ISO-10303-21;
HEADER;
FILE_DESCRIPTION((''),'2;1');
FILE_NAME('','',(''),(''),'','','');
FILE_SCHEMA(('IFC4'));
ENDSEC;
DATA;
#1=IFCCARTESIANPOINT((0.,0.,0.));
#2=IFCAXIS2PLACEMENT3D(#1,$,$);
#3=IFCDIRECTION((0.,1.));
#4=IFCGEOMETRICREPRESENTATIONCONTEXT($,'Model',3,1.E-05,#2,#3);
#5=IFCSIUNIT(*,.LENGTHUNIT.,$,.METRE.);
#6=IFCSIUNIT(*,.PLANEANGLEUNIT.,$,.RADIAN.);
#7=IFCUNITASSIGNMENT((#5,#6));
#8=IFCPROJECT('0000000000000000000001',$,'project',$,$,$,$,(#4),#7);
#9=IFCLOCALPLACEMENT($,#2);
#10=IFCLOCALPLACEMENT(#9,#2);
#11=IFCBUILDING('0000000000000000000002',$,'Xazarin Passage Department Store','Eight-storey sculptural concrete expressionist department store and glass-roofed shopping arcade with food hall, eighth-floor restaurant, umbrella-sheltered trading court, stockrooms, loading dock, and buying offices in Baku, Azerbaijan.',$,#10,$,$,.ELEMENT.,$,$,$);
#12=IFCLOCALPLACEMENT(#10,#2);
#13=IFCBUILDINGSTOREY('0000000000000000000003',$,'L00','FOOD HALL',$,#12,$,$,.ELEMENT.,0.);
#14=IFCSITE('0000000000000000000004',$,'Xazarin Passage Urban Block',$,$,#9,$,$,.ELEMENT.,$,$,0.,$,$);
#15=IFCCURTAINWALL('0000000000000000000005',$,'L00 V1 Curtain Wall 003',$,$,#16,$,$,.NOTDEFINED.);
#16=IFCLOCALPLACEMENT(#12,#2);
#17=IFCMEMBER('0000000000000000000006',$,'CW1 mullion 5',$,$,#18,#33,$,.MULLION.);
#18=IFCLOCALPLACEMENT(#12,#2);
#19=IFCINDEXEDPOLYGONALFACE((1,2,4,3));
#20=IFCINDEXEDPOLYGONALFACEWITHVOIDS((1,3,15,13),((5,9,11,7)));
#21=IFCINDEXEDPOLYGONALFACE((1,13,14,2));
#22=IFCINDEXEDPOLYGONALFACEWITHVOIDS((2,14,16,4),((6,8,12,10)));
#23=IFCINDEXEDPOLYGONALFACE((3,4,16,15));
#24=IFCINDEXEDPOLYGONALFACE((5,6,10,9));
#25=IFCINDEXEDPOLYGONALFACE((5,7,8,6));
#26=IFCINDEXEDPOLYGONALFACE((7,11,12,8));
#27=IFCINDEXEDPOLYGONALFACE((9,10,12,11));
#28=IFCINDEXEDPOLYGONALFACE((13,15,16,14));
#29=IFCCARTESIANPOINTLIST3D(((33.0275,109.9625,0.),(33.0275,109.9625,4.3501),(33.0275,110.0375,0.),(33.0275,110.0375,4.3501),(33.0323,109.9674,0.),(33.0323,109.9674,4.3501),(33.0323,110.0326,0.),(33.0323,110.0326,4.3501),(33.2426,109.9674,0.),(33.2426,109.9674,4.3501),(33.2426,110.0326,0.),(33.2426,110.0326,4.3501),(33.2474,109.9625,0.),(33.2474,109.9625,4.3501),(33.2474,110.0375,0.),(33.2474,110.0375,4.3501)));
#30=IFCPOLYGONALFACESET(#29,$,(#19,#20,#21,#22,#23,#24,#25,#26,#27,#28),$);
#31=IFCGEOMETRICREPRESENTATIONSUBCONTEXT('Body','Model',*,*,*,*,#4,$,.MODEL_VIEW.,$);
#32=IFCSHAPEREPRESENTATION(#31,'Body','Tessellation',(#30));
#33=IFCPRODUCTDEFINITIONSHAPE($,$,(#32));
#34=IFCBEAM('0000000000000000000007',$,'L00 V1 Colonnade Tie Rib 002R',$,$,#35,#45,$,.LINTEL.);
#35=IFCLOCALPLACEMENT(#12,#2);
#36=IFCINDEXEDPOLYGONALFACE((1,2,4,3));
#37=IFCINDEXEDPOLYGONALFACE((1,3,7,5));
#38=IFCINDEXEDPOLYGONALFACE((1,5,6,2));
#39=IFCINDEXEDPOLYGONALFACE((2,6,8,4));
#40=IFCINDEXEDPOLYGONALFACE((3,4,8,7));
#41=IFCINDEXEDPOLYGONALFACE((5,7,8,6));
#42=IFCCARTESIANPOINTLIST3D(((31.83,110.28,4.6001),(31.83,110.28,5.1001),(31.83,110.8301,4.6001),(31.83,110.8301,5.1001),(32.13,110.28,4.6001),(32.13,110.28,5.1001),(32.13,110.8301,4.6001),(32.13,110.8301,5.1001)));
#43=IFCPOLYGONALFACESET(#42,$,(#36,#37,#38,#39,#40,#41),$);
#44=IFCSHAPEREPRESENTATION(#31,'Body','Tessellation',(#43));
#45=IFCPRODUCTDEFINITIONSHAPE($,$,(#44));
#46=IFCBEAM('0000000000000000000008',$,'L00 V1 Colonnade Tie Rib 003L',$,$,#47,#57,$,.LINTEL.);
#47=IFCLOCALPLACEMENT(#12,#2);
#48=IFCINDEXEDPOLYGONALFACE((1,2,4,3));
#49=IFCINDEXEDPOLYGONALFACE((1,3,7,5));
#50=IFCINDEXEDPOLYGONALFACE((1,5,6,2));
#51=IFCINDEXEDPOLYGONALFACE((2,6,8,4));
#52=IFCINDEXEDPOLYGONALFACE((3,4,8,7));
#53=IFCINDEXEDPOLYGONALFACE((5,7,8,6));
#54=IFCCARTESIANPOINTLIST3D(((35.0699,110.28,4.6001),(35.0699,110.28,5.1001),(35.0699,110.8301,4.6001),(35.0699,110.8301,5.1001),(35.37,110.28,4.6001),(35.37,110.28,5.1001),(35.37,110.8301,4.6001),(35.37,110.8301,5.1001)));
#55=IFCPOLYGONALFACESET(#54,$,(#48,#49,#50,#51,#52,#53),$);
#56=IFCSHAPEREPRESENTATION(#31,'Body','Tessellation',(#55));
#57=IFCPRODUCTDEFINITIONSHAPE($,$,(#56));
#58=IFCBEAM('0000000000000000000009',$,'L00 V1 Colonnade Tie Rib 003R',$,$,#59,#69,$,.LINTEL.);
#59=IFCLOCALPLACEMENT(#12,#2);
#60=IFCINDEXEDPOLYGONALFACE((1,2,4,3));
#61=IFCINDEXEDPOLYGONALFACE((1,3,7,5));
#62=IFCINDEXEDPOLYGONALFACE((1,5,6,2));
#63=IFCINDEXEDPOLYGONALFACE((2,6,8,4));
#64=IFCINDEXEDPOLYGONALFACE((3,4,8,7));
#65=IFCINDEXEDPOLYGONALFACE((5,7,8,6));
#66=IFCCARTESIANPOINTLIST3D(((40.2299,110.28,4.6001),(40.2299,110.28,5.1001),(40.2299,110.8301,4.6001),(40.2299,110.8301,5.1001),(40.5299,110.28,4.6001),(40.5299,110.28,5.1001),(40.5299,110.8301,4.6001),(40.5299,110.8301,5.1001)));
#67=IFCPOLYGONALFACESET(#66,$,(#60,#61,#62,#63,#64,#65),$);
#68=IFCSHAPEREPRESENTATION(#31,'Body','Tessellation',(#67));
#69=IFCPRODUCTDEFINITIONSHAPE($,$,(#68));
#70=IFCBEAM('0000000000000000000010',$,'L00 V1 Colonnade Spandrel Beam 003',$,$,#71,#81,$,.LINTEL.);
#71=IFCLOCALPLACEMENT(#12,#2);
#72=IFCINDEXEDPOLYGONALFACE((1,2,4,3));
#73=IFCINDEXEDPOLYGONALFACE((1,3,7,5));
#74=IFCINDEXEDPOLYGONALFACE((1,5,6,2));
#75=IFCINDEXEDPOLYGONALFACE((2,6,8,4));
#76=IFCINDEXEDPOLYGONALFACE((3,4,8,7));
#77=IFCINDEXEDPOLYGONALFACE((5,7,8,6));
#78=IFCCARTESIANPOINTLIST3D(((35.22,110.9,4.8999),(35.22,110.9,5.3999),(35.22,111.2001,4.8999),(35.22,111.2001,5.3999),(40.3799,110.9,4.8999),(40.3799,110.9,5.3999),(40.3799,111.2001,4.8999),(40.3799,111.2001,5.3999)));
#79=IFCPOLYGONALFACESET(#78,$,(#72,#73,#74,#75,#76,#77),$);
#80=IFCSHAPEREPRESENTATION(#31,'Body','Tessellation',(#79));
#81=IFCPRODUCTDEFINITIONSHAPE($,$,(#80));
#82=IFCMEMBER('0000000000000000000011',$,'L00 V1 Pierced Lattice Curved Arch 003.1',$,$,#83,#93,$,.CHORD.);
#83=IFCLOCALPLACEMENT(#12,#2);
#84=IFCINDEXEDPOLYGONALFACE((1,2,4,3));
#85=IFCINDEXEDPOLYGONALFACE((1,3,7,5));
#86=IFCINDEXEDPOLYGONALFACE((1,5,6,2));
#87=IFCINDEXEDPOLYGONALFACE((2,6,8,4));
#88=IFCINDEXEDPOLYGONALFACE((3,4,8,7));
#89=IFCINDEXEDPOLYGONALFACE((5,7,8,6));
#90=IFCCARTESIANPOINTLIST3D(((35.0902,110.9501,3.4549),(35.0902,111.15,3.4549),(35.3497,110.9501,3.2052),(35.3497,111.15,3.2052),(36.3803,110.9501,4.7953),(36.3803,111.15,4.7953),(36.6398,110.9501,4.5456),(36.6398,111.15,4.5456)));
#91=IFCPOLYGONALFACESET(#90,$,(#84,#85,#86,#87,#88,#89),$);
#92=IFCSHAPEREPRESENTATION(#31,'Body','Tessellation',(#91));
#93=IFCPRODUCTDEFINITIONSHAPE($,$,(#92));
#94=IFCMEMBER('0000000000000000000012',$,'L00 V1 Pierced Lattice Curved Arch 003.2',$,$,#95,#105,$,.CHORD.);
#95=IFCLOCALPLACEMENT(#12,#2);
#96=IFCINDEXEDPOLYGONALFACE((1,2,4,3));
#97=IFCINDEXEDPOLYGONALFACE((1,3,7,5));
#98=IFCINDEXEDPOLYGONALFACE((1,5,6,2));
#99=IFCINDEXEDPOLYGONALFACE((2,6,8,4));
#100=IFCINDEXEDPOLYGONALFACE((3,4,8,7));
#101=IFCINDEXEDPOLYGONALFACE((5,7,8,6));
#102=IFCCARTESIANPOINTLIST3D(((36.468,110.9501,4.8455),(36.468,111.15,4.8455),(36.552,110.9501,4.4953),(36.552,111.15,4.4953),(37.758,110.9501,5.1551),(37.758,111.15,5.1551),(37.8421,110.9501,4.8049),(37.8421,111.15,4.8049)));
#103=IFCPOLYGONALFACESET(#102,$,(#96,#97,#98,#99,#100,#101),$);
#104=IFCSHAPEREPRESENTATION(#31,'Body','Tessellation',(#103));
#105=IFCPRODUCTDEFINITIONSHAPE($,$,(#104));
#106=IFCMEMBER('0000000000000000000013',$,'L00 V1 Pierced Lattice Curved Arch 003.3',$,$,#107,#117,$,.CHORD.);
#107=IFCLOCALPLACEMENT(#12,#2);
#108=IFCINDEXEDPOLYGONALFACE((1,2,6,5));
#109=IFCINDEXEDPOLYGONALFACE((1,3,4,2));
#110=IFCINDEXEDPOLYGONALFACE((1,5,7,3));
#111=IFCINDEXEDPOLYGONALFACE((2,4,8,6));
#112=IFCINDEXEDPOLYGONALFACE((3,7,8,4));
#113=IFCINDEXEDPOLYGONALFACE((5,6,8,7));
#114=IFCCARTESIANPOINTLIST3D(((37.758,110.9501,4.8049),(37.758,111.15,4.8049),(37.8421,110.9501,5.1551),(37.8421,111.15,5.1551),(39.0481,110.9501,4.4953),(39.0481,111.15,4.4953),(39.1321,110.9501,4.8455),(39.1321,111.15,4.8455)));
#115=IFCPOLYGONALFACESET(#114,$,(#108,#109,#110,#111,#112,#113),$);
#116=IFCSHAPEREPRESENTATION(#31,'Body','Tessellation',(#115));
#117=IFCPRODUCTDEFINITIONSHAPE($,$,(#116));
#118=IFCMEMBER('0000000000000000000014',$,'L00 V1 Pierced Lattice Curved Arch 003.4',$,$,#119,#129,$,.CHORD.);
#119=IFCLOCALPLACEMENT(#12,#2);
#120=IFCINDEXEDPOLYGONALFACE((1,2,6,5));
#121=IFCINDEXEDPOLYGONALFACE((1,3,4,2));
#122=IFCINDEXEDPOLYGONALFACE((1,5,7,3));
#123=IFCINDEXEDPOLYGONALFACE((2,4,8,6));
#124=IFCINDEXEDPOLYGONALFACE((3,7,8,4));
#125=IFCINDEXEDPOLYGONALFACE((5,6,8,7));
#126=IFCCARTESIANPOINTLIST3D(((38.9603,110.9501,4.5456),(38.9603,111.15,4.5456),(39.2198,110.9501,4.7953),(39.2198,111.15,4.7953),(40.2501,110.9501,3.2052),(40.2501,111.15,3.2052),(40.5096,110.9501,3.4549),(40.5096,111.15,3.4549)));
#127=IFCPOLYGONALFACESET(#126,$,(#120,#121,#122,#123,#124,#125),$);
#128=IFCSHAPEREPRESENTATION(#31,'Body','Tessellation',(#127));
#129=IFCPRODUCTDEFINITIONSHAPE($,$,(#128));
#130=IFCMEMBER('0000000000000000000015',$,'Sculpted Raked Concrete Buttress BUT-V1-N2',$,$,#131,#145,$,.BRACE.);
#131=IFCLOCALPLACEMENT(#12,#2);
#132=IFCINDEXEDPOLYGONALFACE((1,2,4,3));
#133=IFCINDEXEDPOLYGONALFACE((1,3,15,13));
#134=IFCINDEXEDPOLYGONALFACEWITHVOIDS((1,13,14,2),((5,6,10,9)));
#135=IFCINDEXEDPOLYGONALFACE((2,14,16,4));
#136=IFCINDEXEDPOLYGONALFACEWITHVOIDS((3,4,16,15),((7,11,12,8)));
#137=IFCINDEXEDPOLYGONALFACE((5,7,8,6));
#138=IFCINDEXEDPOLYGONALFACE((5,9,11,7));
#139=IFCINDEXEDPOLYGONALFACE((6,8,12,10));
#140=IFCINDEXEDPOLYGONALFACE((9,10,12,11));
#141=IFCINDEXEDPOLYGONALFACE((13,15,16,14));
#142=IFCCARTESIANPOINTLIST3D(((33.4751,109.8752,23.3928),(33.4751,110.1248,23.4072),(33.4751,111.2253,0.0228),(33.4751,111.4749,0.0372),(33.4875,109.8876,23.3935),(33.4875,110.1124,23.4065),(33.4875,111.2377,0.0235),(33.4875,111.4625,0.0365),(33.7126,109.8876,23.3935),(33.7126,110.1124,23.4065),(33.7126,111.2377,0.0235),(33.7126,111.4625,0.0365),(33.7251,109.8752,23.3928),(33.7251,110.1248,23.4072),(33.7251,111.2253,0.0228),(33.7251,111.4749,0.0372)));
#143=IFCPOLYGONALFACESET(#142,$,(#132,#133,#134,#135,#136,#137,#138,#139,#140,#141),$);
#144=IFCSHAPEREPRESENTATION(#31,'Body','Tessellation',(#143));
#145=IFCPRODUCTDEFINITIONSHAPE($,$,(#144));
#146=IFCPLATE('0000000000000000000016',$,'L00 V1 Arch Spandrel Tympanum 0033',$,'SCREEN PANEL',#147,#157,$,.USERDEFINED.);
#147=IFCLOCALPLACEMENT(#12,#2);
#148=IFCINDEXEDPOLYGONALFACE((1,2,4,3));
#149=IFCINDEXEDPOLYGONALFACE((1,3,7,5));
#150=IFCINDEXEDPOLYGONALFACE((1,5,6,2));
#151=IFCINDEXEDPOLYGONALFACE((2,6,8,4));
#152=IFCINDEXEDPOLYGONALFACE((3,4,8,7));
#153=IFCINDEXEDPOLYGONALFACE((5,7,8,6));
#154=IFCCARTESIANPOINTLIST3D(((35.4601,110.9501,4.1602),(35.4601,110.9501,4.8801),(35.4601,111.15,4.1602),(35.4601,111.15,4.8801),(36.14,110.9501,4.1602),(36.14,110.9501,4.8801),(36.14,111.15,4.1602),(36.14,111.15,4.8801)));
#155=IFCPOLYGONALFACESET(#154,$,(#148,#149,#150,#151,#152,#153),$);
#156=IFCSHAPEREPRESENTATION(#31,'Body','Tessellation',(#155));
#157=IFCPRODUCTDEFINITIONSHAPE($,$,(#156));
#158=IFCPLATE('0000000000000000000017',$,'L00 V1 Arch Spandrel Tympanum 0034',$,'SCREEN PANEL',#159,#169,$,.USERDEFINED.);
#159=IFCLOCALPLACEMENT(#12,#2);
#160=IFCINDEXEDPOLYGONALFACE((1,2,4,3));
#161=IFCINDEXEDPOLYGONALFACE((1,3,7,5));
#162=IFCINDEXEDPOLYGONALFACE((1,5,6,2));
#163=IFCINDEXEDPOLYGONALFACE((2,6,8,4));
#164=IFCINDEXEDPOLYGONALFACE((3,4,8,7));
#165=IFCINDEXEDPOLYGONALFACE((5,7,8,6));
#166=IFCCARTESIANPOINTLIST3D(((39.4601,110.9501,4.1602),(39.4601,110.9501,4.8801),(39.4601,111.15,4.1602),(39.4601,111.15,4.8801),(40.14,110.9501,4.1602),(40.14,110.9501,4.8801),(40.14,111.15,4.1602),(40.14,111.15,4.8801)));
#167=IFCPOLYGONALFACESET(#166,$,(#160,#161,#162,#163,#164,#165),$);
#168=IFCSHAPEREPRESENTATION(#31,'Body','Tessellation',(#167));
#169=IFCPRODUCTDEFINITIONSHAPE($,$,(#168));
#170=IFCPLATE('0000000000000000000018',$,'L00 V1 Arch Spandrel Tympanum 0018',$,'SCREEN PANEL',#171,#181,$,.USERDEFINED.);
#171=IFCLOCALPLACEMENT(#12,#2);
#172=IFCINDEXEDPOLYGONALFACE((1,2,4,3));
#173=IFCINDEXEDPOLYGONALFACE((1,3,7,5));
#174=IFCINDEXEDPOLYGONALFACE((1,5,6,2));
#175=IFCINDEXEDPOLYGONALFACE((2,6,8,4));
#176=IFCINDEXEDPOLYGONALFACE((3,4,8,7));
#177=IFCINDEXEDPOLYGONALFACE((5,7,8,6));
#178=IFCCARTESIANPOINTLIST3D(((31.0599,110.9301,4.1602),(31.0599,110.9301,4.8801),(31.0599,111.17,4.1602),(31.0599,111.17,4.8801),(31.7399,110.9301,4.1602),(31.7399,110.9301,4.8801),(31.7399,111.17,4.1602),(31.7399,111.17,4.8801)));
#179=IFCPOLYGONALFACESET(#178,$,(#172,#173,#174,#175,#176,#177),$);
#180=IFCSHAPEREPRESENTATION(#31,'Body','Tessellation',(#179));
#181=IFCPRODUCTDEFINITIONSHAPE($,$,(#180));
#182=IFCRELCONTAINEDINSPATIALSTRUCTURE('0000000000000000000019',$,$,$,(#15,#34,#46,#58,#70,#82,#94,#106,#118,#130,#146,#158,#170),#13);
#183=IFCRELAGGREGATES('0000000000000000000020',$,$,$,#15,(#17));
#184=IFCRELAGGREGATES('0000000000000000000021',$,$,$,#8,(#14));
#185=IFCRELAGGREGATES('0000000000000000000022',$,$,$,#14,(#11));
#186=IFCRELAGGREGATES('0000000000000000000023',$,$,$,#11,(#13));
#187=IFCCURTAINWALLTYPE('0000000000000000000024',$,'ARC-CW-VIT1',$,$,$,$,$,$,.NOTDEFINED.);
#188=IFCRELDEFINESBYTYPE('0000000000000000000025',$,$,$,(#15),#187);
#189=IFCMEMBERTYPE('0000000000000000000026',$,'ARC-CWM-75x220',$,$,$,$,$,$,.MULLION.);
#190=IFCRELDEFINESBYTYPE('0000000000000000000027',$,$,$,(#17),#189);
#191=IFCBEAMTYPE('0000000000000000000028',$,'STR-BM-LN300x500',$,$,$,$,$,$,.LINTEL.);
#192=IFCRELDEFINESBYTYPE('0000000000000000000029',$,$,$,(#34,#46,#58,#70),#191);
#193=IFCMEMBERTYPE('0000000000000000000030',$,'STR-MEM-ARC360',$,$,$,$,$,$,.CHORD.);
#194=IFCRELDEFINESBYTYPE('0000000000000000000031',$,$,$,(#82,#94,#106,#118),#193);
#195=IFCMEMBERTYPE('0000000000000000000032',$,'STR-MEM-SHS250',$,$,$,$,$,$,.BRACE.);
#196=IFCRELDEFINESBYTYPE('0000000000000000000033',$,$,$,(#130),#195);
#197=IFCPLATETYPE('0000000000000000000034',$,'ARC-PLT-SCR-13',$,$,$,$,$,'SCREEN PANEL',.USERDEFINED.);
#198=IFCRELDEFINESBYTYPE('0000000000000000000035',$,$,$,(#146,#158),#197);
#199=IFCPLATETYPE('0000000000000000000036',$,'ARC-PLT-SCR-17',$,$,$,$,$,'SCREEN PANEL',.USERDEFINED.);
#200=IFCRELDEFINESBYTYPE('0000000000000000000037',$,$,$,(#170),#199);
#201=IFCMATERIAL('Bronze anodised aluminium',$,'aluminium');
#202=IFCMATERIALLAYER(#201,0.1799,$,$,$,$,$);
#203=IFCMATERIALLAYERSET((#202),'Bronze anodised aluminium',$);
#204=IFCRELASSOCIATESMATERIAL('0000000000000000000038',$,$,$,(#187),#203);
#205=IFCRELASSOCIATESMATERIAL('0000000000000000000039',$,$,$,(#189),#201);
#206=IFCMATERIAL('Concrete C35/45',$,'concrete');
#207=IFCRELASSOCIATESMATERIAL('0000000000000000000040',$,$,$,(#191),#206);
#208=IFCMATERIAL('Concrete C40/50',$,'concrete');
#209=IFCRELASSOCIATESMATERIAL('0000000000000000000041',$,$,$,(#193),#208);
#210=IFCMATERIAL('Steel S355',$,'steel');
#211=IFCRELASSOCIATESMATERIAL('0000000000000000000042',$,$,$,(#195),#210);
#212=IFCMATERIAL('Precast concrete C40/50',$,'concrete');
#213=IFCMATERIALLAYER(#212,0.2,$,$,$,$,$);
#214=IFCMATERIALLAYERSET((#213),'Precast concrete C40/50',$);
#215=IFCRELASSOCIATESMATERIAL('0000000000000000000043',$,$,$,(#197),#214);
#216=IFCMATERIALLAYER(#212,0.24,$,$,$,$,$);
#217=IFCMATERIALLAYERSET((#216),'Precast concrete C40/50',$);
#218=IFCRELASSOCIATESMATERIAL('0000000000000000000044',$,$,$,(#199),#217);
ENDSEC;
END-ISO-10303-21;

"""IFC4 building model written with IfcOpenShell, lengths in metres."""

from ifc_helpers import new_model, si_unit, direction, frame, origin, origin_2d, place, context, subcontext, project, spatial, rectangle, hollow_rectangle, extrude, material, layer, layer_set, material_profile, profile_set, type_object, element, aggregate, save


model = new_model("IFC4")

# Units and contexts
model_context = context("Model", 3, precision=1e-05, world=origin(), true_north=direction((0.0, 1.0)))
body_context = subcontext(model_context, "Body", "Model", "MODEL_VIEW")
ifc_project = project(units=[si_unit("LENGTHUNIT", "METRE"), si_unit("PLANEANGLEUNIT", "RADIAN")], contexts=[model_context])

# Site, building, storey
site_placement = place(None, origin())
site = spatial("IfcSite", under=ifc_project, at=site_placement, Name="Xazarin Passage Urban Block", CompositionType="ELEMENT", RefElevation=0.0)
building_placement = place(site_placement, origin())
building = spatial("IfcBuilding", under=site, at=building_placement, Name="Xazarin Passage Department Store", Description="Eight-storey sculptural concrete expressionist department store and glass-roofed shopping arcade with food hall, eighth-floor restaurant, umbrella-sheltered trading court, stockrooms, loading dock, and buying offices in Baku, Azerbaijan.", CompositionType="ELEMENT")
storey_placement = place(building_placement, origin())
storey = spatial("IfcBuildingStorey", under=building, at=storey_placement, Name="L00", Description="FOOD HALL", CompositionType="ELEMENT", Elevation=0.0)

# Shared definitions
ifc_material_1 = material(Name="Concrete C35/45", Category="concrete")

# Shared definitions
ifc_material_2 = material(Name="Concrete C40/50", Category="concrete")

# Curtain wall, member
ifc_material_3 = material(Name="Bronze anodised aluminium", Category="aluminium")
ifc_layer_1 = layer(ifc_material_3, 0.1799)
ifc_layer_set_1 = layer_set([ifc_layer_1], Name="Bronze anodised aluminium")
curtain_wall_type = type_object("IfcCurtainWallType", Name="ARC-CW-VIT1", PredefinedType="NOTDEFINED", material=ifc_layer_set_1)
curtain_wall_placement = place(storey_placement, origin())
curtain_wall = element("IfcCurtainWall", 1, at=curtain_wall_placement, inside=storey, type_object=curtain_wall_type, Name="L00 V1 Curtain Wall 003", PredefinedType="NOTDEFINED")
ifc_material_profile_1 = material_profile(ifc_material_3, hollow_rectangle(XDim=0.075, YDim=0.22, WallThickness=0.0049, at=origin_2d()), Name="ALU 75x220")
ifc_profile_set_1 = profile_set([ifc_material_profile_1], Name="Bronze anodised aluminium")
member_type_1 = type_object("IfcMemberType", Name="ARC-CWM-75x220", PredefinedType="MULLION", material=ifc_profile_set_1)
member_1_placement = place(storey_placement, frame((33.1375, 110.0, 0.0), z_axis=(0.0, 0.0, 1.0), x_axis=(0.0, 1.0, 0.0)))
member_1 = element("IfcMember", 2, at=member_1_placement, type_object=member_type_1, Name="CW1 mullion 5", PredefinedType="MULLION", context=body_context, shape_type="SweptSolid", body=[
    extrude(hollow_rectangle(XDim=0.075, YDim=0.22, WallThickness=0.0049, at=origin_2d()), origin(), (0.0, 0.0, 1.0), 4.3501),
])
aggregate(curtain_wall, [member_1])

# Beams
ifc_material_profile_2 = material_profile(ifc_material_1, rectangle(XDim=0.3, YDim=0.5, at=origin_2d()), Name="RC 300x500")
ifc_profile_set_2 = profile_set([ifc_material_profile_2], Name="Concrete C35/45")
beam_type = type_object("IfcBeamType", Name="STR-BM-LN300x500", PredefinedType="LINTEL", material=ifc_profile_set_2)
for number, where, z_axis, x_axis, name in (
    (3, (31.98, 110.28, 4.8501), (0.0, 1.0, 0.0), (-1.0, 0.0, 0.0), "L00 V1 Colonnade Tie Rib 002R"),
    (4, (35.22, 110.28, 4.8501), (0.0, 1.0, 0.0), (-1.0, 0.0, 0.0), "L00 V1 Colonnade Tie Rib 003L"),
    (5, (40.3799, 110.28, 4.8501), (0.0, 1.0, 0.0), (-1.0, 0.0, 0.0), "L00 V1 Colonnade Tie Rib 003R"),
):
    element("IfcBeam", number, at=place(storey_placement, frame(where, z_axis=z_axis, x_axis=x_axis)), inside=storey, type_object=beam_type, Name=name, PredefinedType="LINTEL", context=body_context, shape_type="SweptSolid", body=[
        extrude(rectangle(XDim=0.3, YDim=0.5, at=origin_2d()), origin(), (0.0, 0.0, 1.0), 0.55),
    ])
beam_placement = place(storey_placement, frame((35.22, 111.05, 5.1499), z_axis=(1.0, 0.0, 0.0), x_axis=(0.0, 1.0, 0.0)))
element("IfcBeam", 6, at=beam_placement, inside=storey, type_object=beam_type, Name="L00 V1 Colonnade Spandrel Beam 003", PredefinedType="LINTEL", context=body_context, shape_type="SweptSolid", body=[
    extrude(rectangle(XDim=0.3, YDim=0.5, at=origin_2d()), origin(), (0.0, 0.0, 1.0), 5.1599),
])

# Members
ifc_material_profile_3 = material_profile(ifc_material_2, rectangle(XDim=0.2, YDim=0.3601, at=origin_2d()), Name="RC 200x360")
ifc_profile_set_3 = profile_set([ifc_material_profile_3], Name="Concrete C40/50")
member_type_2 = type_object("IfcMemberType", Name="STR-MEM-ARC360", PredefinedType="CHORD", material=ifc_profile_set_3)
member_2_placement = place(storey_placement, frame((35.22, 111.05, 3.3301), z_axis=(0.69346, 0.0, 0.720495), x_axis=(0.0, 1.0, 0.0)))
element("IfcMember", 7, at=member_2_placement, inside=storey, type_object=member_type_2, Name="L00 V1 Pierced Lattice Curved Arch 003.1", PredefinedType="CHORD", context=body_context, shape_type="SweptSolid", body=[
    extrude(rectangle(XDim=0.2, YDim=0.3601, at=origin_2d()), origin(), (0.0, 0.0, 1.0), 1.8604),
])
for number, where, z_axis, x_axis, name in (
    (8, (36.51, 111.05, 4.6704), (0.972394, 0.0, 0.233345), (0.0, 1.0, 0.0), "L00 V1 Pierced Lattice Curved Arch 003.2"),
    (9, (37.8, 111.05, 4.98), (0.972394, 0.0, -0.233345), (0.0, 1.0, 0.0), "L00 V1 Pierced Lattice Curved Arch 003.3"),
):
    element("IfcMember", number, at=place(storey_placement, frame(where, z_axis=z_axis, x_axis=x_axis)), inside=storey, type_object=member_type_2, Name=name, PredefinedType="CHORD", context=body_context, shape_type="SweptSolid", body=[
        extrude(rectangle(XDim=0.2, YDim=0.3601, at=origin_2d()), origin(), (0.0, 0.0, 1.0), 1.3267),
    ])
member_3_placement = place(storey_placement, frame((39.0901, 111.05, 4.6704), z_axis=(0.693392, 0.0, -0.720561), x_axis=(0.0, 1.0, 0.0)))
element("IfcMember", 10, at=member_3_placement, inside=storey, type_object=member_type_2, Name="L00 V1 Pierced Lattice Curved Arch 003.4", PredefinedType="CHORD", context=body_context, shape_type="SweptSolid", body=[
    extrude(rectangle(XDim=0.2, YDim=0.3601, at=origin_2d()), origin(), (0.0, 0.0, 1.0), 1.8601),
])
ifc_material_4 = material(Name="Steel S355", Category="steel")
ifc_material_profile_4 = material_profile(ifc_material_4, hollow_rectangle(XDim=0.25, YDim=0.25, WallThickness=0.0125, at=origin_2d()), Name="SHS 250x250x12.5")
ifc_profile_set_4 = profile_set([ifc_material_profile_4], Name="Steel S355")
member_type_3 = type_object("IfcMemberType", Name="STR-MEM-SHS250", PredefinedType="BRACE", material=ifc_profile_set_4)
member_4_placement = place(storey_placement, frame((33.6001, 111.3501, 0.03), z_axis=(0.0, -0.057675, 0.998335), x_axis=(1.0, 0.0, 0.0)))
element("IfcMember", 11, at=member_4_placement, inside=storey, type_object=member_type_3, Name="Sculpted Raked Concrete Buttress BUT-V1-N2", PredefinedType="BRACE", context=body_context, shape_type="SweptSolid", body=[
    extrude(hollow_rectangle(XDim=0.25, YDim=0.25, WallThickness=0.0125, at=origin_2d()), origin(), (0.0, 0.0, 1.0), 23.4089),
])

# Plates
ifc_material_5 = material(Name="Precast concrete C40/50", Category="concrete")
ifc_layer_2 = layer(ifc_material_5, 0.2)
ifc_layer_set_2 = layer_set([ifc_layer_2], Name="Precast concrete C40/50")
plate_type_1 = type_object("IfcPlateType", Name="ARC-PLT-SCR-13", ElementType="SCREEN PANEL", PredefinedType="USERDEFINED", material=ifc_layer_set_2)
for number, where, z_axis, x_axis, name in (
    (12, (35.8, 111.05, 4.1602), (0.0, 0.0, 1.0), (1.0, 0.0, 0.0), "L00 V1 Arch Spandrel Tympanum 0033"),
    (13, (39.8, 111.05, 4.1602), (0.0, 0.0, 1.0), (1.0, 0.0, 0.0), "L00 V1 Arch Spandrel Tympanum 0034"),
):
    element("IfcPlate", number, at=place(storey_placement, frame(where, z_axis=z_axis, x_axis=x_axis)), inside=storey, type_object=plate_type_1, Name=name, ObjectType="SCREEN PANEL", PredefinedType="USERDEFINED", context=body_context, shape_type="SweptSolid", body=[
        extrude(rectangle(XDim=0.6799, YDim=0.2, at=origin_2d()), origin(), (0.0, 0.0, 1.0), 0.72),
    ])
ifc_layer_3 = layer(ifc_material_5, 0.24)
ifc_layer_set_3 = layer_set([ifc_layer_3], Name="Precast concrete C40/50")
plate_type_2 = type_object("IfcPlateType", Name="ARC-PLT-SCR-17", ElementType="SCREEN PANEL", PredefinedType="USERDEFINED", material=ifc_layer_set_3)
plate_placement = place(storey_placement, frame((31.3999, 111.05, 4.1602), z_axis=(0.0, 0.0, 1.0), x_axis=(1.0, 0.0, 0.0)))
element("IfcPlate", 14, at=plate_placement, inside=storey, type_object=plate_type_2, Name="L00 V1 Arch Spandrel Tympanum 0018", ObjectType="SCREEN PANEL", PredefinedType="USERDEFINED", context=body_context, shape_type="SweptSolid", body=[
    extrude(rectangle(XDim=0.6799, YDim=0.24, at=origin_2d()), origin(), (0.0, 0.0, 1.0), 0.72),
])

save(model, "model.ifc")
